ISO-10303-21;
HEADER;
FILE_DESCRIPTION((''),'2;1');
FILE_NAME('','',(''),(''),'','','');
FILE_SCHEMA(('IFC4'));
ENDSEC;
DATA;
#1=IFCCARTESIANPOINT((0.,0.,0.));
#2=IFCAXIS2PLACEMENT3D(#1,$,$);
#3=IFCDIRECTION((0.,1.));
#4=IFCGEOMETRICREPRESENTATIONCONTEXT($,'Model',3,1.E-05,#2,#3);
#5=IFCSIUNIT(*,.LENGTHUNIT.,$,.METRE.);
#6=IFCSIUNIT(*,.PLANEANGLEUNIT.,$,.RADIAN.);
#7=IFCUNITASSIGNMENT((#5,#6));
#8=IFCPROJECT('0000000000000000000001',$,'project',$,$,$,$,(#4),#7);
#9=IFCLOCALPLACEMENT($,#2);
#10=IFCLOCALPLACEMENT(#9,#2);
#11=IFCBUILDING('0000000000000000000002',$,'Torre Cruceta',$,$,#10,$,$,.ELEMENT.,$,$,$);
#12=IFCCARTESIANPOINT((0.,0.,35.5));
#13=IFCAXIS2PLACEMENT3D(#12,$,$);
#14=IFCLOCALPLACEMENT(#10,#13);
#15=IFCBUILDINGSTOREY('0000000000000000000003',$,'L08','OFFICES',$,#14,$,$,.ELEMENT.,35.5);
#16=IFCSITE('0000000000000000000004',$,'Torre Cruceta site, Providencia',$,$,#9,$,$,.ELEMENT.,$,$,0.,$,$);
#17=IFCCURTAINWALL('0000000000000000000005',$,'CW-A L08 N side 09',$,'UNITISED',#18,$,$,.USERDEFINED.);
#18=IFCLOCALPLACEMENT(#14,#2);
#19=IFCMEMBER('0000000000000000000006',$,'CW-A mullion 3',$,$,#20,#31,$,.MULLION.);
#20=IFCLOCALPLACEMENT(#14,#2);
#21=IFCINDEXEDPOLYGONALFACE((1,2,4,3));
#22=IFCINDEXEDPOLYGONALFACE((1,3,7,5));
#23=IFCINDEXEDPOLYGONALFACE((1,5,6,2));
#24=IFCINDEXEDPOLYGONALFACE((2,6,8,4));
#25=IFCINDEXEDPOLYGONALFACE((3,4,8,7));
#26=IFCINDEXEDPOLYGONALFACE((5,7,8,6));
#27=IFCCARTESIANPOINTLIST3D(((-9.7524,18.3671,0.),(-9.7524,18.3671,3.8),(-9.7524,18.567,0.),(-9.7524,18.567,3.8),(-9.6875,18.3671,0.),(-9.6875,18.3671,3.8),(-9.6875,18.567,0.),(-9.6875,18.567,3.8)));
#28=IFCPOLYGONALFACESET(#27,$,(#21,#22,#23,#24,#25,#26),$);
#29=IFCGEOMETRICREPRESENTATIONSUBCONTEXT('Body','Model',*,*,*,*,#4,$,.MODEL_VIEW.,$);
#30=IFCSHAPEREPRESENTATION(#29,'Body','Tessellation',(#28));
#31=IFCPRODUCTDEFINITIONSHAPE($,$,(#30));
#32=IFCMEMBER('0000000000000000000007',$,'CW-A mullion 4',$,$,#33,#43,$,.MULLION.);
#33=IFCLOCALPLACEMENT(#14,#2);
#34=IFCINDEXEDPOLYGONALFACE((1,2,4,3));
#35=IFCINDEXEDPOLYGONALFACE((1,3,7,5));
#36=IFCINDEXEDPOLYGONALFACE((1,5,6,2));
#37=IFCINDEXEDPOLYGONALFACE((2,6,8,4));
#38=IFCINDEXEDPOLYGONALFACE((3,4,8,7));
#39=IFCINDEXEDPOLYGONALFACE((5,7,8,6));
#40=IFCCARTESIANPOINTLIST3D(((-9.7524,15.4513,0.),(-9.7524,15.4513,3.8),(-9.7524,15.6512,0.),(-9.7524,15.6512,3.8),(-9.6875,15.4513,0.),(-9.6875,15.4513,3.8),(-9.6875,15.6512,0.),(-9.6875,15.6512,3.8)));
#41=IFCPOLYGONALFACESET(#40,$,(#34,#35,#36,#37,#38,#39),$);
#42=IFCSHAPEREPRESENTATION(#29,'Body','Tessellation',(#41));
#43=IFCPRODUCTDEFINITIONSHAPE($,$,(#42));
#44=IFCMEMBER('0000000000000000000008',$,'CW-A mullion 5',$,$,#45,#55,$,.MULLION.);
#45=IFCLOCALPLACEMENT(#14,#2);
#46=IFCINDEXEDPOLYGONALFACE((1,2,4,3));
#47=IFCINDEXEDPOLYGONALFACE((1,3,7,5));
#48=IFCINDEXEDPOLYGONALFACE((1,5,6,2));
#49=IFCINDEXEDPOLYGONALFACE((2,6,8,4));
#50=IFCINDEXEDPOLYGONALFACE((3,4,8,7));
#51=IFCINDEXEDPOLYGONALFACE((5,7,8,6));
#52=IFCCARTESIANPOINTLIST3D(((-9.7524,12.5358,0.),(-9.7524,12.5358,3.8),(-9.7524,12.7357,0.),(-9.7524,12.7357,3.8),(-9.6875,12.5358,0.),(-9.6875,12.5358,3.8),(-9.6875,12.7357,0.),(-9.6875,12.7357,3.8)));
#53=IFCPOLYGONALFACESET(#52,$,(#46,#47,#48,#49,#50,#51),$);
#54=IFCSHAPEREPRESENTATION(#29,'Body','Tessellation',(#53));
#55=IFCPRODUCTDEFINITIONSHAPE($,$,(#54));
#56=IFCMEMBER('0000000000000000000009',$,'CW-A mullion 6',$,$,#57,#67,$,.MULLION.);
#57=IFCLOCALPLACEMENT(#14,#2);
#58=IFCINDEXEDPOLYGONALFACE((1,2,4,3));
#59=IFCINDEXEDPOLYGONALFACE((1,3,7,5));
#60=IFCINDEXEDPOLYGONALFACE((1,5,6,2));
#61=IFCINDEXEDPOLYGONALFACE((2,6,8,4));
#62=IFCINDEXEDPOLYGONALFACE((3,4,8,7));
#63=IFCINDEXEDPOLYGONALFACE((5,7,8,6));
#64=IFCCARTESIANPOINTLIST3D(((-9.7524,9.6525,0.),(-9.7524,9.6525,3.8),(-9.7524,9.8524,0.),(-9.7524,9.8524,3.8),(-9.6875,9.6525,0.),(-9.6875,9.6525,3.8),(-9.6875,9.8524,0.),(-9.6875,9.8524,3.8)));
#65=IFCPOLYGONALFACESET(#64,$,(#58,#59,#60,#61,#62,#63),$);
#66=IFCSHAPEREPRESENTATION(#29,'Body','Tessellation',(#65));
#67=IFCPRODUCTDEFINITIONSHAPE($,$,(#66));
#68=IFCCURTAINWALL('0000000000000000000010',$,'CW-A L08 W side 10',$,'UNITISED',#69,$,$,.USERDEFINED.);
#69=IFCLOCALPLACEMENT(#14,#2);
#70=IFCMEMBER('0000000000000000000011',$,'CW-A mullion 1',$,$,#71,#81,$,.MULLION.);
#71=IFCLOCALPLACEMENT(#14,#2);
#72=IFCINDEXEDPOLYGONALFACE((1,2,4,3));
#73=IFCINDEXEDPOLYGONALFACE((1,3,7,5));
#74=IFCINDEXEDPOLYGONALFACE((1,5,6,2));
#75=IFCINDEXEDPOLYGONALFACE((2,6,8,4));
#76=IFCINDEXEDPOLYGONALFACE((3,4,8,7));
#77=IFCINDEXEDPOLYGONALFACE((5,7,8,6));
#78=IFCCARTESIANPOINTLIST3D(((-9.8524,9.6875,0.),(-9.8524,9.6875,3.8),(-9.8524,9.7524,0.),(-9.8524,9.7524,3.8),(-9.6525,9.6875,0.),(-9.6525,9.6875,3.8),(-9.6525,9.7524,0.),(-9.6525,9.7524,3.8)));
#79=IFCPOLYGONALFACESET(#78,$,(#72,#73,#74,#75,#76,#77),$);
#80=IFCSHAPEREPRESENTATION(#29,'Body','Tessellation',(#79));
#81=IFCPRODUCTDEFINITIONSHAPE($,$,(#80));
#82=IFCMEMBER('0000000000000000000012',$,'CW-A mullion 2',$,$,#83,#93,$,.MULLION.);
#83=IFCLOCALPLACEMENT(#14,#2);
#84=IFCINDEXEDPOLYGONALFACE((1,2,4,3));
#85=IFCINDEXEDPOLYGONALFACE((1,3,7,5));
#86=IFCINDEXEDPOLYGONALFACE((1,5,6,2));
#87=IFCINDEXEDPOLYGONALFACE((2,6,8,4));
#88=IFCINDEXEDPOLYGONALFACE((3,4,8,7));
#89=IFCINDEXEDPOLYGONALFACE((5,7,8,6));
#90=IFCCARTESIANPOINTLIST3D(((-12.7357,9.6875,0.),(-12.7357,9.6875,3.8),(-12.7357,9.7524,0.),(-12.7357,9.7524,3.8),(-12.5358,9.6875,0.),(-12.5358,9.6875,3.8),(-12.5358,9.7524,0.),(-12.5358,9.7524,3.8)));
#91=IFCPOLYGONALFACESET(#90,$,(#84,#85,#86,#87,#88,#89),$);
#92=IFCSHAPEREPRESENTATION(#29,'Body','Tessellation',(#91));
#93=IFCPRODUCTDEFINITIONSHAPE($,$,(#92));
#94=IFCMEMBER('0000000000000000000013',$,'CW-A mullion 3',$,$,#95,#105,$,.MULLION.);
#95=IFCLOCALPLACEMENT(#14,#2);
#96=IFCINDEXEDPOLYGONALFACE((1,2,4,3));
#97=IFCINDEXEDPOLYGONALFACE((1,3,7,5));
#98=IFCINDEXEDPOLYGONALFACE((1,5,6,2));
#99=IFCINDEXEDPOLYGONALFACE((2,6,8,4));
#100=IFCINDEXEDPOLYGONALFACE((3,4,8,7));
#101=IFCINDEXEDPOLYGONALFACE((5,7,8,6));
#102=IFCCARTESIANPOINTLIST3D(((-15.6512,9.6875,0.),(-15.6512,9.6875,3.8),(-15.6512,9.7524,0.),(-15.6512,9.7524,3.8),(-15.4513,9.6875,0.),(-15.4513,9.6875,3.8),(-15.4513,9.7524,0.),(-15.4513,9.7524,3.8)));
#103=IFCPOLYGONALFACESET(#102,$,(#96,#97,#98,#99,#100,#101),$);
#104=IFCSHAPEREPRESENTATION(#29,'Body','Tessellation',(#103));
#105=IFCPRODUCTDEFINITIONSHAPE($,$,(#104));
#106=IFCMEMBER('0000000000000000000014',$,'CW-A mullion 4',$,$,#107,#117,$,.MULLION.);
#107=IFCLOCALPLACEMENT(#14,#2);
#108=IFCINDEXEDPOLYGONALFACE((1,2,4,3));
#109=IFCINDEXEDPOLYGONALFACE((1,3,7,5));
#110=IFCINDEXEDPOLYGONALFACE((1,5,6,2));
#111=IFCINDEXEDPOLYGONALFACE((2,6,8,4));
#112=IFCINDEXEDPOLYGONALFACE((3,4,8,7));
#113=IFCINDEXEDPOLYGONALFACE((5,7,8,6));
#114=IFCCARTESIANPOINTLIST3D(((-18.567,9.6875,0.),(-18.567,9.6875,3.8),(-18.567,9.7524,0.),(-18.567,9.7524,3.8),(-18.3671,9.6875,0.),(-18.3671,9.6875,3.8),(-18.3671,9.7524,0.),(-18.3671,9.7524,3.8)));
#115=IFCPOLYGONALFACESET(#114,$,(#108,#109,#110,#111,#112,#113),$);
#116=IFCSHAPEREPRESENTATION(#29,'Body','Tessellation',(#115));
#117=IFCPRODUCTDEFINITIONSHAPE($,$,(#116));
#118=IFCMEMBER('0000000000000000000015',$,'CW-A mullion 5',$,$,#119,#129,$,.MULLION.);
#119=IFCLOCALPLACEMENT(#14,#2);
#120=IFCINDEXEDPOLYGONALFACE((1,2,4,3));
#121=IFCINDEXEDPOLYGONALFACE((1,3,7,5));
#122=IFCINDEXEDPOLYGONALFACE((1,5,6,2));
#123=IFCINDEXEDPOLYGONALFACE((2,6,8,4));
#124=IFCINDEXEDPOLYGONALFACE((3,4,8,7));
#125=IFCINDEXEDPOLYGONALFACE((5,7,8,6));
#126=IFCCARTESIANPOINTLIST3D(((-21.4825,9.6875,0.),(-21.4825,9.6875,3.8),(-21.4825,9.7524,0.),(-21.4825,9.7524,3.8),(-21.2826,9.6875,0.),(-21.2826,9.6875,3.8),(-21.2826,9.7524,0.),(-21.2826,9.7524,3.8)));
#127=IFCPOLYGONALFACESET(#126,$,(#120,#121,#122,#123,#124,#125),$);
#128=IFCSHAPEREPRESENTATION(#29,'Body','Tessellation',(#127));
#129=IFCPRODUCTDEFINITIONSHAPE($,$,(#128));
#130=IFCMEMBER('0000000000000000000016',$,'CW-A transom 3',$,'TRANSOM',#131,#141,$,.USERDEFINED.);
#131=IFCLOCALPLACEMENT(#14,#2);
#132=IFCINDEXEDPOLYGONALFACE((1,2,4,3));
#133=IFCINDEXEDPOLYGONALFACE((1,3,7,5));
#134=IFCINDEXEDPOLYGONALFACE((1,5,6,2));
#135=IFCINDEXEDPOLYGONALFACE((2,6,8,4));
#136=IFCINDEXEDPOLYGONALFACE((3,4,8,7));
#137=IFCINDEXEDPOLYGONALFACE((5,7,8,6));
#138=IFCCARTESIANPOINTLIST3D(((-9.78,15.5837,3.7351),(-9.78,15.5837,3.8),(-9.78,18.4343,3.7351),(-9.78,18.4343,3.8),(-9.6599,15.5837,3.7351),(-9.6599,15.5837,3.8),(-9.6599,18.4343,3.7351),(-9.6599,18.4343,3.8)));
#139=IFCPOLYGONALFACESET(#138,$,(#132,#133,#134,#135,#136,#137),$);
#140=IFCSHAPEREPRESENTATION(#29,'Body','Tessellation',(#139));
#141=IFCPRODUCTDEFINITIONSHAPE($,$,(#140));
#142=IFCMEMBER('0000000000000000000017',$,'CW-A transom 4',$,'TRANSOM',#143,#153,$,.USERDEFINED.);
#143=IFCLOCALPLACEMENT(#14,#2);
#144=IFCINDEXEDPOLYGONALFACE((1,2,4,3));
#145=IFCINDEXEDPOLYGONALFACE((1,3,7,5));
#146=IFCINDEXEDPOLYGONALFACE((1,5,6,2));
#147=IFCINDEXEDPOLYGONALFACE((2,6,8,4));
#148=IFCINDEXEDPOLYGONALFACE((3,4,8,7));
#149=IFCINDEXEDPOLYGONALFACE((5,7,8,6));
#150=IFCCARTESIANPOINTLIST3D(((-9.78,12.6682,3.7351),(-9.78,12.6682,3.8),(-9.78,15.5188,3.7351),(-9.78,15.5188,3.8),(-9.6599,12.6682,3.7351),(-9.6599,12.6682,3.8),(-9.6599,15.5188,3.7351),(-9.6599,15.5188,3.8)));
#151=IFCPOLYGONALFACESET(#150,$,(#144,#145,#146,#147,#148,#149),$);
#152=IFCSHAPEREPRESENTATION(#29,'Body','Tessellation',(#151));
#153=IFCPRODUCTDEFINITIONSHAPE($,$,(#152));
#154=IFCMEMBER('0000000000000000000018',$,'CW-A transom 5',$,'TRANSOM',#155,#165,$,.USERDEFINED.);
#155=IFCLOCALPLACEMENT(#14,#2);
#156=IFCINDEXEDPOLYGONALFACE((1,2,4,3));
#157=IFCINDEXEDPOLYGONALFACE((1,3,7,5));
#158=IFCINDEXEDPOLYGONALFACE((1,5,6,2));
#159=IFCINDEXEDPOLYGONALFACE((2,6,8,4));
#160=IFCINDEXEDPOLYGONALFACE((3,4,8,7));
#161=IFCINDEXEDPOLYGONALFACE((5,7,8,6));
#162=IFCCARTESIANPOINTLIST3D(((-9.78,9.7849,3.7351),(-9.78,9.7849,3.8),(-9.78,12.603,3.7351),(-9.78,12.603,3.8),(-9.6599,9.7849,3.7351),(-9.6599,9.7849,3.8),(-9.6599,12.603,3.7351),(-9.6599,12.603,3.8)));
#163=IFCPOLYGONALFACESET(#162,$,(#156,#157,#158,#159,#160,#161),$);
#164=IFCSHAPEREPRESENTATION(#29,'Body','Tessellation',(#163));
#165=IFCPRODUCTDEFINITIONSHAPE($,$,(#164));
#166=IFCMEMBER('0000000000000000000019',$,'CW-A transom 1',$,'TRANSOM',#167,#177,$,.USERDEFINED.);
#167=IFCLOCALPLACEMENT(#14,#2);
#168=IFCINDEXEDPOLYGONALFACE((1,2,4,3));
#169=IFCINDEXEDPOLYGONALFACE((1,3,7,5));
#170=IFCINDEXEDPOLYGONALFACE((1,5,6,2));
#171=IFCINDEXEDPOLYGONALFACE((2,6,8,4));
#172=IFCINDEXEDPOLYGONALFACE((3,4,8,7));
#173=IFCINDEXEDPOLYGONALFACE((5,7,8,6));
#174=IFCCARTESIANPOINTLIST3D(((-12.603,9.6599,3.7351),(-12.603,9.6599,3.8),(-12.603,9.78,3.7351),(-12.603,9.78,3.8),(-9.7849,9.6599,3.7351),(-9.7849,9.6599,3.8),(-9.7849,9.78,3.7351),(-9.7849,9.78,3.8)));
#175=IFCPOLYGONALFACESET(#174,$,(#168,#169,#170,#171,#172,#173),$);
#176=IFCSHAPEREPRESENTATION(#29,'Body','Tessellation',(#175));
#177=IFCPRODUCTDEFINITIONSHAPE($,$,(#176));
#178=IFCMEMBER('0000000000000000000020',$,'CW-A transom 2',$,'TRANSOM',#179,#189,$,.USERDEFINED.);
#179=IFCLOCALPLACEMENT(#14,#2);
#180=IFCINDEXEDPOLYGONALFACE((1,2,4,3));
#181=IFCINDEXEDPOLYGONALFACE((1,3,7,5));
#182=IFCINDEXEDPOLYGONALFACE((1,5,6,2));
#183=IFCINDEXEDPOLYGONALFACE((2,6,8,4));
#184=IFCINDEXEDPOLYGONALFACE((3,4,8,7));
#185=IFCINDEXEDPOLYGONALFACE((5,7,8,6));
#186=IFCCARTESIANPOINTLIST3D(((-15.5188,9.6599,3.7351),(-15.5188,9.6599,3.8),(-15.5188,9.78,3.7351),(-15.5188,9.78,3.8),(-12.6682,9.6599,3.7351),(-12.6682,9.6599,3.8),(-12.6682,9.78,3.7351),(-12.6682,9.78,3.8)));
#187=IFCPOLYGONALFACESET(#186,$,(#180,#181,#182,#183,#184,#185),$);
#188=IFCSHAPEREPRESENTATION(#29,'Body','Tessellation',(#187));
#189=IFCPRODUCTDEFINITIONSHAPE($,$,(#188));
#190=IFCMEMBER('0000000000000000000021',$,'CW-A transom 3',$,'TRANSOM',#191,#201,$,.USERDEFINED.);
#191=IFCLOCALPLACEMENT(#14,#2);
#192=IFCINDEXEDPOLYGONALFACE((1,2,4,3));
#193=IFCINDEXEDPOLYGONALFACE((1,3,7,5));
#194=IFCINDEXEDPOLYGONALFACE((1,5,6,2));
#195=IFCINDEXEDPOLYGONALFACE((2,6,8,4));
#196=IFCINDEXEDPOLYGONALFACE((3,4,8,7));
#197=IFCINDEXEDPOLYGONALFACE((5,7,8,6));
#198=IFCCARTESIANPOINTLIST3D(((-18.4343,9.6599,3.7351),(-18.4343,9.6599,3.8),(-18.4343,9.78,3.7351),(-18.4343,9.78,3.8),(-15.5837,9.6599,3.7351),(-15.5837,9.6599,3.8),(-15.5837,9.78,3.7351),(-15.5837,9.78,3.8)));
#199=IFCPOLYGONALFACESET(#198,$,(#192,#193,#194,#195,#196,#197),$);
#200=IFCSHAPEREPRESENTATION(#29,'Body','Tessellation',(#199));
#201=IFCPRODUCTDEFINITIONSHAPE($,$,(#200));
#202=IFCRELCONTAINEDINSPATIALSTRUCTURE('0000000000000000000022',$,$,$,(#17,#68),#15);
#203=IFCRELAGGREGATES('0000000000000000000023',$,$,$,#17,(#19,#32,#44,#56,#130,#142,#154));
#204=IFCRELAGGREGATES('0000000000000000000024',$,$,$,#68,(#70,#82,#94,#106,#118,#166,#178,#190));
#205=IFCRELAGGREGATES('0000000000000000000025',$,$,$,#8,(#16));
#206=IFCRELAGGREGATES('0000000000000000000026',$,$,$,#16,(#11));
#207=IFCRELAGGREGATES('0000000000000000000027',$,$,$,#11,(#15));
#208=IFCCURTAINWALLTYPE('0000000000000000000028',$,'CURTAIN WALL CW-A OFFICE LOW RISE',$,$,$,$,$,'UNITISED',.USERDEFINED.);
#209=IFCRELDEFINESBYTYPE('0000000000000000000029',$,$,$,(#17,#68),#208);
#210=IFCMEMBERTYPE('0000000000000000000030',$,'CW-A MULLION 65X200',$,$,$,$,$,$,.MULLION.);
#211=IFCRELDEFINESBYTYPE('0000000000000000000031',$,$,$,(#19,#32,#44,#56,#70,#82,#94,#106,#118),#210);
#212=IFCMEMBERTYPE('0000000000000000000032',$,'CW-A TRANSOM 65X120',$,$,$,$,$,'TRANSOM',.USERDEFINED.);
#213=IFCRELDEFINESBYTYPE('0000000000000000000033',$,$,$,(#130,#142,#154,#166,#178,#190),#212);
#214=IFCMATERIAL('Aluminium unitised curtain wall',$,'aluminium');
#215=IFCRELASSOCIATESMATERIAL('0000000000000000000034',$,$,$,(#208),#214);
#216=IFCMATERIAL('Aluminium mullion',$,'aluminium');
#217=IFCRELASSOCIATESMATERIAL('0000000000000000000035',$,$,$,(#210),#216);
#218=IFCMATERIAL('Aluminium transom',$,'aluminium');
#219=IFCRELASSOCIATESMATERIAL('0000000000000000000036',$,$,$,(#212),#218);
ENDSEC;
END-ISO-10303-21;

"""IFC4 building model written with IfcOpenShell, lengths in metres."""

from ifc_helpers import new_model, si_unit, direction, frame, origin, origin_2d, place, context, subcontext, project, spatial, rectangle, extrude, material, material_profile, profile_set, type_object, element, aggregate, save


model = new_model("IFC4")

# Units and contexts
model_context = context("Model", 3, precision=1e-05, world=origin(), true_north=direction((0.0, 1.0)))
body_context = subcontext(model_context, "Body", "Model", "MODEL_VIEW")
ifc_project = project(units=[si_unit("LENGTHUNIT", "METRE"), si_unit("PLANEANGLEUNIT", "RADIAN")], contexts=[model_context])

# Site, building, storey
site_placement = place(None, origin())
site = spatial("IfcSite", under=ifc_project, at=site_placement, Name="Torre Cruceta site, Providencia", CompositionType="ELEMENT", RefElevation=0.0)
building_placement = place(site_placement, origin())
building = spatial("IfcBuilding", under=site, at=building_placement, Name="Torre Cruceta", CompositionType="ELEMENT")
storey_placement = place(building_placement, frame((0.0, 0.0, 35.5)))
storey = spatial("IfcBuildingStorey", under=building, at=storey_placement, Name="L08", Description="OFFICES", CompositionType="ELEMENT", Elevation=35.5)

# Curtain walls, members
ifc_material_1 = material(Name="Aluminium unitised curtain wall", Category="aluminium")
curtain_wall_type = type_object("IfcCurtainWallType", Name="CURTAIN WALL CW-A OFFICE LOW RISE", ElementType="UNITISED", PredefinedType="USERDEFINED", material=ifc_material_1)
curtain_wall_1_placement = place(storey_placement, origin())
curtain_wall_1 = element("IfcCurtainWall", 1, at=curtain_wall_1_placement, inside=storey, type_object=curtain_wall_type, Name="CW-A L08 N side 09", ObjectType="UNITISED", PredefinedType="USERDEFINED")
ifc_material_2 = material(Name="Aluminium mullion", Category="aluminium")
ifc_material_profile_1 = material_profile(ifc_material_2, rectangle(XDim=0.0649, YDim=0.2, at=origin_2d()), Name="AL 65X200")
ifc_profile_set_1 = profile_set([ifc_material_profile_1], Name="Aluminium mullion")
member_type_1 = type_object("IfcMemberType", Name="CW-A MULLION 65X200", PredefinedType="MULLION", material=ifc_profile_set_1)
member_1_placement = place(storey_placement, frame((-9.72, 18.467, 0.0), z_axis=(0.0, 0.0, 1.0), x_axis=(1.0, 0.0, 0.0)))
member_1 = element("IfcMember", 2, at=member_1_placement, type_object=member_type_1, Name="CW-A mullion 3", PredefinedType="MULLION", context=body_context, shape_type="SweptSolid", body=[
    extrude(rectangle(XDim=0.0649, YDim=0.2, at=origin_2d()), origin(), (0.0, 0.0, 1.0), 3.8),
])
member_2_placement = place(storey_placement, frame((-9.72, 15.5513, 0.0), z_axis=(0.0, 0.0, 1.0), x_axis=(1.0, 0.0, 0.0)))
member_2 = element("IfcMember", 3, at=member_2_placement, type_object=member_type_1, Name="CW-A mullion 4", PredefinedType="MULLION", context=body_context, shape_type="SweptSolid", body=[
    extrude(rectangle(XDim=0.0649, YDim=0.2, at=origin_2d()), origin(), (0.0, 0.0, 1.0), 3.8),
])
member_3_placement = place(storey_placement, frame((-9.72, 12.6357, 0.0), z_axis=(0.0, 0.0, 1.0), x_axis=(1.0, 0.0, 0.0)))
member_3 = element("IfcMember", 4, at=member_3_placement, type_object=member_type_1, Name="CW-A mullion 5", PredefinedType="MULLION", context=body_context, shape_type="SweptSolid", body=[
    extrude(rectangle(XDim=0.0649, YDim=0.2, at=origin_2d()), origin(), (0.0, 0.0, 1.0), 3.8),
])
member_4_placement = place(storey_placement, frame((-9.72, 9.7524, 0.0), z_axis=(0.0, 0.0, 1.0), x_axis=(1.0, 0.0, 0.0)))
member_4 = element("IfcMember", 5, at=member_4_placement, type_object=member_type_1, Name="CW-A mullion 6", PredefinedType="MULLION", context=body_context, shape_type="SweptSolid", body=[
    extrude(rectangle(XDim=0.0649, YDim=0.2, at=origin_2d()), origin(), (0.0, 0.0, 1.0), 3.8),
])
curtain_wall_2_placement = place(storey_placement, origin())
curtain_wall_2 = element("IfcCurtainWall", 6, at=curtain_wall_2_placement, inside=storey, type_object=curtain_wall_type, Name="CW-A L08 W side 10", ObjectType="UNITISED", PredefinedType="USERDEFINED")
member_5_placement = place(storey_placement, frame((-9.7524, 9.72, 0.0), z_axis=(0.0, 0.0, 1.0), x_axis=(0.0, -1.0, 0.0)))
member_5 = element("IfcMember", 7, at=member_5_placement, type_object=member_type_1, Name="CW-A mullion 1", PredefinedType="MULLION", context=body_context, shape_type="SweptSolid", body=[
    extrude(rectangle(XDim=0.0649, YDim=0.2, at=origin_2d()), origin(), (0.0, 0.0, 1.0), 3.8),
])
member_6_placement = place(storey_placement, frame((-12.6357, 9.72, 0.0), z_axis=(0.0, 0.0, 1.0), x_axis=(0.0, -1.0, 0.0)))
member_6 = element("IfcMember", 8, at=member_6_placement, type_object=member_type_1, Name="CW-A mullion 2", PredefinedType="MULLION", context=body_context, shape_type="SweptSolid", body=[
    extrude(rectangle(XDim=0.0649, YDim=0.2, at=origin_2d()), origin(), (0.0, 0.0, 1.0), 3.8),
])
member_7_placement = place(storey_placement, frame((-15.5513, 9.72, 0.0), z_axis=(0.0, 0.0, 1.0), x_axis=(0.0, -1.0, 0.0)))
member_7 = element("IfcMember", 9, at=member_7_placement, type_object=member_type_1, Name="CW-A mullion 3", PredefinedType="MULLION", context=body_context, shape_type="SweptSolid", body=[
    extrude(rectangle(XDim=0.0649, YDim=0.2, at=origin_2d()), origin(), (0.0, 0.0, 1.0), 3.8),
])
member_8_placement = place(storey_placement, frame((-18.467, 9.72, 0.0), z_axis=(0.0, 0.0, 1.0), x_axis=(0.0, -1.0, 0.0)))
member_8 = element("IfcMember", 10, at=member_8_placement, type_object=member_type_1, Name="CW-A mullion 4", PredefinedType="MULLION", context=body_context, shape_type="SweptSolid", body=[
    extrude(rectangle(XDim=0.0649, YDim=0.2, at=origin_2d()), origin(), (0.0, 0.0, 1.0), 3.8),
])
member_9_placement = place(storey_placement, frame((-21.3826, 9.72, 0.0), z_axis=(0.0, 0.0, 1.0), x_axis=(0.0, -1.0, 0.0)))
member_9 = element("IfcMember", 11, at=member_9_placement, type_object=member_type_1, Name="CW-A mullion 5", PredefinedType="MULLION", context=body_context, shape_type="SweptSolid", body=[
    extrude(rectangle(XDim=0.0649, YDim=0.2, at=origin_2d()), origin(), (0.0, 0.0, 1.0), 3.8),
])

# Members
ifc_material_3 = material(Name="Aluminium transom", Category="aluminium")
ifc_material_profile_2 = material_profile(ifc_material_3, rectangle(XDim=0.1201, YDim=0.0649, at=origin_2d()), Name="AL 120X65")
ifc_profile_set_2 = profile_set([ifc_material_profile_2], Name="Aluminium transom")
member_type_2 = type_object("IfcMemberType", Name="CW-A TRANSOM 65X120", ElementType="TRANSOM", PredefinedType="USERDEFINED", material=ifc_profile_set_2)
member_10_placement = place(storey_placement, frame((-9.72, 18.4343, 3.7676), z_axis=(0.0, -1.0, 0.0), x_axis=(1.0, 0.0, 0.0)))
member_10 = element("IfcMember", 12, at=member_10_placement, type_object=member_type_2, Name="CW-A transom 3", ObjectType="TRANSOM", PredefinedType="USERDEFINED", context=body_context, shape_type="SweptSolid", body=[
    extrude(rectangle(XDim=0.1201, YDim=0.0649, at=origin_2d()), origin(), (0.0, 0.0, 1.0), 2.8506),
])
member_11_placement = place(storey_placement, frame((-9.72, 15.5188, 3.7676), z_axis=(0.0, -1.0, 0.0), x_axis=(1.0, 0.0, 0.0)))
member_11 = element("IfcMember", 13, at=member_11_placement, type_object=member_type_2, Name="CW-A transom 4", ObjectType="TRANSOM", PredefinedType="USERDEFINED", context=body_context, shape_type="SweptSolid", body=[
    extrude(rectangle(XDim=0.1201, YDim=0.0649, at=origin_2d()), origin(), (0.0, 0.0, 1.0), 2.8506),
])
member_12_placement = place(storey_placement, frame((-9.72, 12.603, 3.7676), z_axis=(0.0, -1.0, 0.0), x_axis=(1.0, 0.0, 0.0)))
member_12 = element("IfcMember", 14, at=member_12_placement, type_object=member_type_2, Name="CW-A transom 5", ObjectType="TRANSOM", PredefinedType="USERDEFINED", context=body_context, shape_type="SweptSolid", body=[
    extrude(rectangle(XDim=0.1201, YDim=0.0649, at=origin_2d()), origin(), (0.0, 0.0, 1.0), 2.8181),
])
member_13_placement = place(storey_placement, frame((-9.7849, 9.72, 3.7676), z_axis=(-1.0, 0.0, 0.0), x_axis=(0.0, -1.0, 0.0)))
member_13 = element("IfcMember", 15, at=member_13_placement, type_object=member_type_2, Name="CW-A transom 1", ObjectType="TRANSOM", PredefinedType="USERDEFINED", context=body_context, shape_type="SweptSolid", body=[
    extrude(rectangle(XDim=0.1201, YDim=0.0649, at=origin_2d()), origin(), (0.0, 0.0, 1.0), 2.8181),
])
member_14_placement = place(storey_placement, frame((-12.6682, 9.72, 3.7676), z_axis=(-1.0, 0.0, 0.0), x_axis=(0.0, -1.0, 0.0)))
member_14 = element("IfcMember", 16, at=member_14_placement, type_object=member_type_2, Name="CW-A transom 2", ObjectType="TRANSOM", PredefinedType="USERDEFINED", context=body_context, shape_type="SweptSolid", body=[
    extrude(rectangle(XDim=0.1201, YDim=0.0649, at=origin_2d()), origin(), (0.0, 0.0, 1.0), 2.8506),
])
member_15_placement = place(storey_placement, frame((-15.5837, 9.72, 3.7676), z_axis=(-1.0, 0.0, 0.0), x_axis=(0.0, -1.0, 0.0)))
member_15 = element("IfcMember", 17, at=member_15_placement, type_object=member_type_2, Name="CW-A transom 3", ObjectType="TRANSOM", PredefinedType="USERDEFINED", context=body_context, shape_type="SweptSolid", body=[
    extrude(rectangle(XDim=0.1201, YDim=0.0649, at=origin_2d()), origin(), (0.0, 0.0, 1.0), 2.8506),
])

aggregate(curtain_wall_1, [member_1, member_2, member_3, member_4, member_10, member_11, member_12])
aggregate(curtain_wall_2, [member_5, member_6, member_7, member_8, member_9, member_13, member_14, member_15])

save(model, "model.ifc")
